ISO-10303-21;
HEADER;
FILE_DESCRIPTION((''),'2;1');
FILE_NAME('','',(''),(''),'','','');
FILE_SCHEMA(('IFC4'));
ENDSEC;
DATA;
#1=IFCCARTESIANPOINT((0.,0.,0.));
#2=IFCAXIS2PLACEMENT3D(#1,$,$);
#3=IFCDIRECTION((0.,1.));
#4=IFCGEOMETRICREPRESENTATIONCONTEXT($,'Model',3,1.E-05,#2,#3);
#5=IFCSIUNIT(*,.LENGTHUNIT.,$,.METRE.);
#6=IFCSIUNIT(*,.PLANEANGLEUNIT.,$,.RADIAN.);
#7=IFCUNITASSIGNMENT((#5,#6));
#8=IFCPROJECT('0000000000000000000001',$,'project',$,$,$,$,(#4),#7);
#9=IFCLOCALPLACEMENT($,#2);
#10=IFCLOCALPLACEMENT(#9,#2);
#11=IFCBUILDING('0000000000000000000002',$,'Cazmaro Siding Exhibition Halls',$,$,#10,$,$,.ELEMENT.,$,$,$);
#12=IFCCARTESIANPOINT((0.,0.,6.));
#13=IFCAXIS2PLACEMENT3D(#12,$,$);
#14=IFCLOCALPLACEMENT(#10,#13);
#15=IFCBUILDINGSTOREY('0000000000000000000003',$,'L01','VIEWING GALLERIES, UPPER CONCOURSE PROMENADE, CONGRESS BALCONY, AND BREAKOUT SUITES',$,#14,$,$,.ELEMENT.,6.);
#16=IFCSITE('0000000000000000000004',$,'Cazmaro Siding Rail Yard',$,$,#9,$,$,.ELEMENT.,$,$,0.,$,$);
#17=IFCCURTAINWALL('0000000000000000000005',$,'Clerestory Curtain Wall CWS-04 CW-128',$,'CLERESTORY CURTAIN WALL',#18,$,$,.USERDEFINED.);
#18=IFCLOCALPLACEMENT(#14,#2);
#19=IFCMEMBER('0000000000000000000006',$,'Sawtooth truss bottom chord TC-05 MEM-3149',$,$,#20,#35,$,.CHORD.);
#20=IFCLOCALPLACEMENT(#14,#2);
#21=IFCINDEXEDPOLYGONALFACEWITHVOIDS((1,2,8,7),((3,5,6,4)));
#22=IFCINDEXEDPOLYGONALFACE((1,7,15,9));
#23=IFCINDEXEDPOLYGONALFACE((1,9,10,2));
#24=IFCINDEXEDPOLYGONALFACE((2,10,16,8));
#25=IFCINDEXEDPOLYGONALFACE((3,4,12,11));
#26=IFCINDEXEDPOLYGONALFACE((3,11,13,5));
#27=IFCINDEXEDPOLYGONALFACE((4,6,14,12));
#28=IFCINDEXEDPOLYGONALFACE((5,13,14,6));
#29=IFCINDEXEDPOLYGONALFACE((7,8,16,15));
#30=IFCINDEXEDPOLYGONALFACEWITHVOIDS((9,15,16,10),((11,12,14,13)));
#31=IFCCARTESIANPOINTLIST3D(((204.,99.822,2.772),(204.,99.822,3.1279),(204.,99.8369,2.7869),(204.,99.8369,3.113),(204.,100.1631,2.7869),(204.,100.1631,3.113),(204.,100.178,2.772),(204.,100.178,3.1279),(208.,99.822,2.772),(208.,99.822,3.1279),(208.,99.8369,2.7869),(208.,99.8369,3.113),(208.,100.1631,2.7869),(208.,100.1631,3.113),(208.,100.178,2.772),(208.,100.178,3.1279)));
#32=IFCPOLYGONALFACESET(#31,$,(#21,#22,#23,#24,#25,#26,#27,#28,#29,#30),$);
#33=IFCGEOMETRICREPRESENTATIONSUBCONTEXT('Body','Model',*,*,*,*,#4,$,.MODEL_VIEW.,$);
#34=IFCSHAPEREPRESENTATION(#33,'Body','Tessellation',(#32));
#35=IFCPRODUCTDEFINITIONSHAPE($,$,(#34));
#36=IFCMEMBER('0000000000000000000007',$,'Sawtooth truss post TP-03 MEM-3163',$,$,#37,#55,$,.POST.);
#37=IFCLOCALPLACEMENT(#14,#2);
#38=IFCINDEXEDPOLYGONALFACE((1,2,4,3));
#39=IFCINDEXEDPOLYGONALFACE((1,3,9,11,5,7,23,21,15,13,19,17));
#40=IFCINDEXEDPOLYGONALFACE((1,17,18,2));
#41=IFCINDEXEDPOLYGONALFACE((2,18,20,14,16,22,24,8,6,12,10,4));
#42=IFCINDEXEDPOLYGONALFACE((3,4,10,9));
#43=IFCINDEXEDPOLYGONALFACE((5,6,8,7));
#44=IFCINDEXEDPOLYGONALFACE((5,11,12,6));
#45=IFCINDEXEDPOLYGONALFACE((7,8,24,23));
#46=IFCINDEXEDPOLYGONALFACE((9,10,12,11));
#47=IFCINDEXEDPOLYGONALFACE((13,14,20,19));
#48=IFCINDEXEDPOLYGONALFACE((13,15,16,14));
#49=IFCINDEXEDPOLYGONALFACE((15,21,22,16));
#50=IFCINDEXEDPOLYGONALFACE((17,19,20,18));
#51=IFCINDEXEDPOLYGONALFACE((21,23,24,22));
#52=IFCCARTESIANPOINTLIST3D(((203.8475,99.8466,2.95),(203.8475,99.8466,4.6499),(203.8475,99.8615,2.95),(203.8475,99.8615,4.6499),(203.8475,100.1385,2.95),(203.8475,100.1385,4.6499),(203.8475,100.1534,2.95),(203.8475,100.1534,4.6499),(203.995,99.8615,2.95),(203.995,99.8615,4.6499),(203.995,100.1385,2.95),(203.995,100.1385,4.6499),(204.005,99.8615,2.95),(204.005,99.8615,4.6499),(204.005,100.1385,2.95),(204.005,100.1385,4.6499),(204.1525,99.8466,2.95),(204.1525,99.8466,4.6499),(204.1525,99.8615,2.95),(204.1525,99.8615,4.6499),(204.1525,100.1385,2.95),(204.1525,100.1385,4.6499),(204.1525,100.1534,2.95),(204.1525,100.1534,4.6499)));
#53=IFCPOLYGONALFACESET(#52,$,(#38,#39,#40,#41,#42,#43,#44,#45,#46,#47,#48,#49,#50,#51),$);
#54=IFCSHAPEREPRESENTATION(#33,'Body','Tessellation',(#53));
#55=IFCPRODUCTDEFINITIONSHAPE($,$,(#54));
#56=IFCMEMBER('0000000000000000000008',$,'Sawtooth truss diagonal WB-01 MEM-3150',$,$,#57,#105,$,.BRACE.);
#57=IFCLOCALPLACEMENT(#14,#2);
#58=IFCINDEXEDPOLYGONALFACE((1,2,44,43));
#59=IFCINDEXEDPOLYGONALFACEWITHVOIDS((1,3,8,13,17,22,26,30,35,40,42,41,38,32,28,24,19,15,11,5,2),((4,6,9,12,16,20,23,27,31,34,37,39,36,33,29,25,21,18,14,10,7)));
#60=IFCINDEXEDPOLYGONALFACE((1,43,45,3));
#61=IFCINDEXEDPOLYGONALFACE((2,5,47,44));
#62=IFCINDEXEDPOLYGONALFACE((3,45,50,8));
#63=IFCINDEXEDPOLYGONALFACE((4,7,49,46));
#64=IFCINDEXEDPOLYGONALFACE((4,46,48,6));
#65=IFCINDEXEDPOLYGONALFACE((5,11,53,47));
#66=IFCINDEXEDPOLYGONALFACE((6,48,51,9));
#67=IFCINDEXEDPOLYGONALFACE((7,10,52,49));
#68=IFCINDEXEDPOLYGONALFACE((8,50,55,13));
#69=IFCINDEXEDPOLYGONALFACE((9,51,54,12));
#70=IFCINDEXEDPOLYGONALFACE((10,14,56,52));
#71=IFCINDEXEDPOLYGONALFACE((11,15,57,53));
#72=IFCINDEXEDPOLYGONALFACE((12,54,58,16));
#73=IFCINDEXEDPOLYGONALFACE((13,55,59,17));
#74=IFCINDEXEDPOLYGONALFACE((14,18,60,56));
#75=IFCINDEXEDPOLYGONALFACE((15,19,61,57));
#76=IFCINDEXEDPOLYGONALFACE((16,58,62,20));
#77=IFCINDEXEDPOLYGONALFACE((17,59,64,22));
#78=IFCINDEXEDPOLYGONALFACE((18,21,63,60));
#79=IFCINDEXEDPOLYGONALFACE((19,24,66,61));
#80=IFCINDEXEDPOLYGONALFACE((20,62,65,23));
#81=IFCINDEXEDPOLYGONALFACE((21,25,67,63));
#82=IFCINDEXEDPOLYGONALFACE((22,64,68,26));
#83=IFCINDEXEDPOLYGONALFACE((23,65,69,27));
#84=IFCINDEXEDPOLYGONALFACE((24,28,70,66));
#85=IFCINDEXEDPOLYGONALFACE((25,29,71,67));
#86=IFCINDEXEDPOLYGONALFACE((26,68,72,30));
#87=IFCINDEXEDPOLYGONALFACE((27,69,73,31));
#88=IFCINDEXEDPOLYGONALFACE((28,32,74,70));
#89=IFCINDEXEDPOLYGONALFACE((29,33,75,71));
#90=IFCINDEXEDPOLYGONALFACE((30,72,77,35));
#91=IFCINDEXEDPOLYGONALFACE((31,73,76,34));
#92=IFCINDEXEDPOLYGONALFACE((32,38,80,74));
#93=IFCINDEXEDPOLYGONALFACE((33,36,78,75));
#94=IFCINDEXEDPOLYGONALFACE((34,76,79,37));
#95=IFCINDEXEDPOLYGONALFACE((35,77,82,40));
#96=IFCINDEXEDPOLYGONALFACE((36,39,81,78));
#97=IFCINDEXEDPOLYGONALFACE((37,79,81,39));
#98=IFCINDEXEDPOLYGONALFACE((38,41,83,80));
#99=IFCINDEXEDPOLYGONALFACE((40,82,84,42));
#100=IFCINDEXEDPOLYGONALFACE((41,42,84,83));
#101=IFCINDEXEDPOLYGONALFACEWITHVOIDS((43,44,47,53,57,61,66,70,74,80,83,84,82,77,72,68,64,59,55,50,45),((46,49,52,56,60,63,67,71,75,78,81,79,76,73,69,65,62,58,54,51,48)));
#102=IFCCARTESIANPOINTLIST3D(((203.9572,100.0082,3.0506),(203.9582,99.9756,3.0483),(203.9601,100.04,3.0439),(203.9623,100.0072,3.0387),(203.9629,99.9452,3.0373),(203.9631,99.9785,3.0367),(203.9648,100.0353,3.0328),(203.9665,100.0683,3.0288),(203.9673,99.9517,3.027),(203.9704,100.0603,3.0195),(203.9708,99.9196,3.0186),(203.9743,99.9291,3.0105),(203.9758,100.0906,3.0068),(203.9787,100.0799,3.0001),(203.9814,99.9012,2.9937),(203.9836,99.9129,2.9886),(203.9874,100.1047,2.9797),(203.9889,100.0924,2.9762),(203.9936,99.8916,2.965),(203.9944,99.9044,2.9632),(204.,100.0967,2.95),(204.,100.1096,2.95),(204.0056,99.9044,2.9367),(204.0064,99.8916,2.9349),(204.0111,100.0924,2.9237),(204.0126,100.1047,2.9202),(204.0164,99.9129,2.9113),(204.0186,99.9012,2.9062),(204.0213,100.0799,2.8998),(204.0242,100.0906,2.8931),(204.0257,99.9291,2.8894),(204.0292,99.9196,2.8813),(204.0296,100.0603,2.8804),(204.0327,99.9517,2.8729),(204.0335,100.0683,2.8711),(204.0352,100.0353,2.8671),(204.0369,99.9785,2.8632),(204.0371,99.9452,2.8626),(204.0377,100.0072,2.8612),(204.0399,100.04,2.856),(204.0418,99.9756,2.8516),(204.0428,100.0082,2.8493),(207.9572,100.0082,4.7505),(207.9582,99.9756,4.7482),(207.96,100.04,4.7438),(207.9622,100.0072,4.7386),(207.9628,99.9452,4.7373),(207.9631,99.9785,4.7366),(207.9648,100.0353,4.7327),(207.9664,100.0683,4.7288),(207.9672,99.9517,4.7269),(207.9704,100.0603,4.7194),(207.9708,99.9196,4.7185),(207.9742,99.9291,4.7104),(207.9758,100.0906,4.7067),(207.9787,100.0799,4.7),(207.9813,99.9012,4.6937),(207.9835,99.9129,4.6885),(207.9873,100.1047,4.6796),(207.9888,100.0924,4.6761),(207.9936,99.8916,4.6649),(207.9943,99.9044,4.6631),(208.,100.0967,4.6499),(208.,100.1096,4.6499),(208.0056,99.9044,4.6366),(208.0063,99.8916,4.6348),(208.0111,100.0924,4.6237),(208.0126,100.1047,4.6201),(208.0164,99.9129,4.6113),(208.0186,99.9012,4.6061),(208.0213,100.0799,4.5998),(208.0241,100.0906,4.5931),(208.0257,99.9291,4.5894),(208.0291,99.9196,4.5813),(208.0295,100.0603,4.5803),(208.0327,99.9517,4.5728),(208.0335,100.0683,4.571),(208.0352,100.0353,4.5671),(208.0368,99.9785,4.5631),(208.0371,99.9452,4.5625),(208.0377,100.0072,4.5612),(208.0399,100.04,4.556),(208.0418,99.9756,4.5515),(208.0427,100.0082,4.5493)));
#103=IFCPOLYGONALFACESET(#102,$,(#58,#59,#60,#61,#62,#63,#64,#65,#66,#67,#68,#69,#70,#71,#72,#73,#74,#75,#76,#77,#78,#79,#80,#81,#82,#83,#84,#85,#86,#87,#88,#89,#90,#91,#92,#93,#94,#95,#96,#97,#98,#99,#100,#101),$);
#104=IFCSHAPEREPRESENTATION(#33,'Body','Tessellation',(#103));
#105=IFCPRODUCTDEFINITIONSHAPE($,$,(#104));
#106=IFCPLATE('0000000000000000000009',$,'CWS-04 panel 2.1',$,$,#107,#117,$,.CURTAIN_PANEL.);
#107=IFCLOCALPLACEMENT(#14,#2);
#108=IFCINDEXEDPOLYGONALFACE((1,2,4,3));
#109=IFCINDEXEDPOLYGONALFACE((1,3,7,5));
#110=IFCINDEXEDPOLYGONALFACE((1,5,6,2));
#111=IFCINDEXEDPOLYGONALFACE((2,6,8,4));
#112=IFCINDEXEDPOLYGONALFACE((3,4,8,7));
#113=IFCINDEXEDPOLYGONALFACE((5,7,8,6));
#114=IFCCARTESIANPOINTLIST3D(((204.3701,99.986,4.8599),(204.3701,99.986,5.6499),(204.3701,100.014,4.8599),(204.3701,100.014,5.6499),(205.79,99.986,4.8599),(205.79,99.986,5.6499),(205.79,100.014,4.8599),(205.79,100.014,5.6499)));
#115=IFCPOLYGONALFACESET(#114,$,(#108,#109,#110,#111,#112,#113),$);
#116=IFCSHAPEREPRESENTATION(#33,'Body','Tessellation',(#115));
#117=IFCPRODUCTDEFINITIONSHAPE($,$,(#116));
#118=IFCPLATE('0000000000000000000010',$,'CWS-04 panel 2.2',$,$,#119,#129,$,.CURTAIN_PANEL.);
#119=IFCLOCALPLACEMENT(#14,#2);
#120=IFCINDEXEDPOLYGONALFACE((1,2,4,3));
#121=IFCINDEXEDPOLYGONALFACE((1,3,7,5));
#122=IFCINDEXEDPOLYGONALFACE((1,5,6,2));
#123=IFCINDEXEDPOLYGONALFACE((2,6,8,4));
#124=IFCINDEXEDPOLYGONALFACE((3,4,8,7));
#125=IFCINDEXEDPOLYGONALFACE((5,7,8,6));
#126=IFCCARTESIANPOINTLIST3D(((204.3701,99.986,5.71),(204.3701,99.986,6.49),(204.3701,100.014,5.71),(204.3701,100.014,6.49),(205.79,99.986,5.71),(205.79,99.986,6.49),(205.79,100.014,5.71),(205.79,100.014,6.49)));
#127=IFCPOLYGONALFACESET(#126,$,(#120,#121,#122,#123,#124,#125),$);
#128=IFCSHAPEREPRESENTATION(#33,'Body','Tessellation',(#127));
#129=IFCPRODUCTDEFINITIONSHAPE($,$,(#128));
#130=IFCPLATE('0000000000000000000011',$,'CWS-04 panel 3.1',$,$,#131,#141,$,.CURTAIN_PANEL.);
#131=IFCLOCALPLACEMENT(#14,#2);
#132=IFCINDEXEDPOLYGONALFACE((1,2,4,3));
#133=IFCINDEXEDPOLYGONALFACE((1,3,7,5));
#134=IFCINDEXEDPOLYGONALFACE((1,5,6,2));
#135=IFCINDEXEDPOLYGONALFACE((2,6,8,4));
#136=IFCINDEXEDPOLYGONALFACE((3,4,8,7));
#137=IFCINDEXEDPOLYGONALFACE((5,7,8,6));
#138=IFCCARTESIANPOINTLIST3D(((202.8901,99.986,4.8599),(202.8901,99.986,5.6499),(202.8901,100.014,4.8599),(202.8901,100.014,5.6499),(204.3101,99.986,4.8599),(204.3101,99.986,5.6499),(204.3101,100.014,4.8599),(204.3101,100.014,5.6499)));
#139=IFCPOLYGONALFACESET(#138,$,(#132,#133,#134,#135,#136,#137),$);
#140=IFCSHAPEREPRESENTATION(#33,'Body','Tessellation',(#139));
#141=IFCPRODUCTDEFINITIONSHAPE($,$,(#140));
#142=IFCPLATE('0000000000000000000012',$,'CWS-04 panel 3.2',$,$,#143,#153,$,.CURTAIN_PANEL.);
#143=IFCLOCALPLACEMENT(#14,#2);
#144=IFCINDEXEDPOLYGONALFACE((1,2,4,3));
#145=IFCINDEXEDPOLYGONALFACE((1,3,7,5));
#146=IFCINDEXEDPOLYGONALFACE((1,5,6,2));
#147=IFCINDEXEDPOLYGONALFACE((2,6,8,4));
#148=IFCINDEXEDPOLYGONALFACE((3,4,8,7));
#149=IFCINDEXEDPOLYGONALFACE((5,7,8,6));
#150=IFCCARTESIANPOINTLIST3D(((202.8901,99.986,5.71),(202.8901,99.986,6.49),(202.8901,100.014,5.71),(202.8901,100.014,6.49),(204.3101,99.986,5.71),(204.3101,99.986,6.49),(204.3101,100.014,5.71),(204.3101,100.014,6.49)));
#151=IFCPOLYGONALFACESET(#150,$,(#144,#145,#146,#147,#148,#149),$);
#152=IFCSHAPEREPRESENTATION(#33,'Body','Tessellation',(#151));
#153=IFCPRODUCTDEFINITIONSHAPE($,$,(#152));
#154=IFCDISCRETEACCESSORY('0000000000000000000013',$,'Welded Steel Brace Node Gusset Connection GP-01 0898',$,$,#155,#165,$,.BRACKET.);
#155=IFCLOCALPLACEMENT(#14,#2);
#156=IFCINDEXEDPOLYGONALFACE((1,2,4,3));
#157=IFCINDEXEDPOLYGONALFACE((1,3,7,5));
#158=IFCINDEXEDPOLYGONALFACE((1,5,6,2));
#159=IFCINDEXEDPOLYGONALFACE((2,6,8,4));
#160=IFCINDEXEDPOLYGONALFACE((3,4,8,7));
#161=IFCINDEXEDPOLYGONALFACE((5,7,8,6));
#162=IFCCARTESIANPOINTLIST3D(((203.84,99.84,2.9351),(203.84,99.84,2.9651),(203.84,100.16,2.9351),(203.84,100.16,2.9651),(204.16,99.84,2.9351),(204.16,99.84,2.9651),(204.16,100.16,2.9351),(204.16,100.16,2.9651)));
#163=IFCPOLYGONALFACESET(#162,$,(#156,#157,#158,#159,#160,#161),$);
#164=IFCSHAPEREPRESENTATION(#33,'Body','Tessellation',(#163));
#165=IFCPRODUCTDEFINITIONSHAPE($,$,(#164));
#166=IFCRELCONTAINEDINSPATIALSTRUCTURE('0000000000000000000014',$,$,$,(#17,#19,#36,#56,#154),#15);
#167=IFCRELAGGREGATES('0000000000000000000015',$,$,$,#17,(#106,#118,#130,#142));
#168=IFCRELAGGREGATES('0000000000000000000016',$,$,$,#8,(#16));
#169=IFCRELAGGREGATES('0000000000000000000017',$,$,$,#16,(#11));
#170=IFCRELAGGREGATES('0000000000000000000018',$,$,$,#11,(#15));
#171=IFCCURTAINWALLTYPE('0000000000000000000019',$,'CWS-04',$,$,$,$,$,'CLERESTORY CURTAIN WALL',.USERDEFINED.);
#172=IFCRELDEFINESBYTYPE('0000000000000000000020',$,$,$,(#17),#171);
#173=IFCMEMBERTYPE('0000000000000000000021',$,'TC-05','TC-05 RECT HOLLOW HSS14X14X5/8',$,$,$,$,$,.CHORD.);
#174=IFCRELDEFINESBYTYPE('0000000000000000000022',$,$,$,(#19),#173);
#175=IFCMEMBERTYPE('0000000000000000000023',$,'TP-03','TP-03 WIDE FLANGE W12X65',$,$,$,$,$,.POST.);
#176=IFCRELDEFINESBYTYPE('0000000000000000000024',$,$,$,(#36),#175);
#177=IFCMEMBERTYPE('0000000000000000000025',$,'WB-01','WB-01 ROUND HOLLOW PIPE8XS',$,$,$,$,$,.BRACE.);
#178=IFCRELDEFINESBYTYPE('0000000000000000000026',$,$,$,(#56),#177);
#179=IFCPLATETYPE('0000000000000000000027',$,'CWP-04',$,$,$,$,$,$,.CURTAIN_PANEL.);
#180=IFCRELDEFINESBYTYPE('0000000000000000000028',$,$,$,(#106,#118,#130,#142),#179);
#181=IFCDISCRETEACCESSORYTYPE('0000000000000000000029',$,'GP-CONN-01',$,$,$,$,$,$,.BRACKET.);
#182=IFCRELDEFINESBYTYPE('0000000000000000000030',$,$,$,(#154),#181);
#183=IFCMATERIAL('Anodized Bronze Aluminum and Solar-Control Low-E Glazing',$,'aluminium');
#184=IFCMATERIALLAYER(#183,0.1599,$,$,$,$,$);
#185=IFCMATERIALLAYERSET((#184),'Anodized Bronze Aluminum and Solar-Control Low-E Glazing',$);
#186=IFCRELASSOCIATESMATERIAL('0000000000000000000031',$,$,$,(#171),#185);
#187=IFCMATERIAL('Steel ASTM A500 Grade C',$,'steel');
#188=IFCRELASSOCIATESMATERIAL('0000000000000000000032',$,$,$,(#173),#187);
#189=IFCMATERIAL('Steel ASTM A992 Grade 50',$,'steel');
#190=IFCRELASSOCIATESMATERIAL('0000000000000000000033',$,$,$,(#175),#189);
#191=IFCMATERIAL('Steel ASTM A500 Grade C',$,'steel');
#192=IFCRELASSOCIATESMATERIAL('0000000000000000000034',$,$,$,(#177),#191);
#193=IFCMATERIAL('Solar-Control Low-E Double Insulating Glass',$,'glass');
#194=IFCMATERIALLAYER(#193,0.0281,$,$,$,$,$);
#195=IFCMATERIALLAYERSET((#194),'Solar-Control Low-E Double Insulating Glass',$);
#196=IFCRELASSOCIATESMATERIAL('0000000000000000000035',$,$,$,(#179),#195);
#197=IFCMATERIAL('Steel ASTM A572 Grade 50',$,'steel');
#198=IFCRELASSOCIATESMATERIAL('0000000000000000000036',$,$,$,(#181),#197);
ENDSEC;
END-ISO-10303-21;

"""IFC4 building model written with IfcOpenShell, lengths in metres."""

from ifc_helpers import new_model, si_unit, direction, frame, origin, origin_2d, place, context, subcontext, project, spatial, rectangle, hollow_rectangle, hollow_circle, i_section, extrude, material, layer, layer_set, material_profile, profile_set, type_object, element, aggregate, save


model = new_model("IFC4")

# Units and contexts
model_context = context("Model", 3, precision=1e-05, world=origin(), true_north=direction((0.0, 1.0)))
body_context = subcontext(model_context, "Body", "Model", "MODEL_VIEW")
ifc_project = project(units=[si_unit("LENGTHUNIT", "METRE"), si_unit("PLANEANGLEUNIT", "RADIAN")], contexts=[model_context])

# Site, building, storey
site_placement = place(None, origin())
site = spatial("IfcSite", under=ifc_project, at=site_placement, Name="Cazmaro Siding Rail Yard", CompositionType="ELEMENT", RefElevation=0.0)
building_placement = place(site_placement, origin())
building = spatial("IfcBuilding", under=site, at=building_placement, Name="Cazmaro Siding Exhibition Halls", CompositionType="ELEMENT")
storey_placement = place(building_placement, frame((0.0, 0.0, 6.0)))
storey = spatial("IfcBuildingStorey", under=building, at=storey_placement, Name="L01", Description="VIEWING GALLERIES, UPPER CONCOURSE PROMENADE, CONGRESS BALCONY, AND BREAKOUT SUITES", CompositionType="ELEMENT", Elevation=6.0)

# Shared definitions
ifc_material_1 = material(Name="Anodized Bronze Aluminum and Solar-Control Low-E Glazing", Category="aluminium")
ifc_layer_1 = layer(ifc_material_1, 0.1599)
ifc_layer_set_1 = layer_set([ifc_layer_1], Name="Anodized Bronze Aluminum and Solar-Control Low-E Glazing")
curtain_wall_type = type_object("IfcCurtainWallType", Name="CWS-04", ElementType="CLERESTORY CURTAIN WALL", PredefinedType="USERDEFINED", material=ifc_layer_set_1)

# Curtain wall
curtain_wall_1_placement = place(storey_placement, origin())
curtain_wall_1 = element("IfcCurtainWall", 1, at=curtain_wall_1_placement, inside=storey, type_object=curtain_wall_type, Name="Clerestory Curtain Wall CWS-04 CW-128", ObjectType="CLERESTORY CURTAIN WALL", PredefinedType="USERDEFINED")

# Members
ifc_material_2 = material(Name="Steel ASTM A500 Grade C", Category="steel")
ifc_material_profile_1 = material_profile(ifc_material_2, hollow_rectangle(XDim=0.356, YDim=0.356, WallThickness=0.0149, at=origin_2d()), Name="HSS14X14X5/8")
ifc_profile_set_1 = profile_set([ifc_material_profile_1], Name="Steel ASTM A500 Grade C")
member_type_1 = type_object("IfcMemberType", Name="TC-05", Description="TC-05 RECT HOLLOW HSS14X14X5/8", PredefinedType="CHORD", material=ifc_profile_set_1)
member_1_placement = place(storey_placement, frame((204.0, 100.0, 2.95), z_axis=(1.0, 0.0, 0.0), x_axis=(0.0, 1.0, 0.0)))
element("IfcMember", 2, at=member_1_placement, inside=storey, type_object=member_type_1, Name="Sawtooth truss bottom chord TC-05 MEM-3149", PredefinedType="CHORD", context=body_context, shape_type="SweptSolid", body=[
    extrude(hollow_rectangle(XDim=0.356, YDim=0.356, WallThickness=0.0149, at=origin_2d()), origin(), (0.0, 0.0, 1.0), 4.0),
])
ifc_material_3 = material(Name="Steel ASTM A992 Grade 50", Category="steel")
ifc_material_profile_2 = material_profile(ifc_material_3, i_section(OverallWidth=0.3049, OverallDepth=0.3069, WebThickness=0.01, FlangeThickness=0.0149, at=origin_2d()), Name="W12X65")
ifc_profile_set_2 = profile_set([ifc_material_profile_2], Name="Steel ASTM A992 Grade 50")
member_type_2 = type_object("IfcMemberType", Name="TP-03", Description="TP-03 WIDE FLANGE W12X65", PredefinedType="POST", material=ifc_profile_set_2)
member_2_placement = place(storey_placement, frame((204.0, 100.0, 2.95), z_axis=(0.0, 0.0, 1.0), x_axis=(1.0, 0.0, 0.0)))
element("IfcMember", 3, at=member_2_placement, inside=storey, type_object=member_type_2, Name="Sawtooth truss post TP-03 MEM-3163", PredefinedType="POST", context=body_context, shape_type="SweptSolid", body=[
    extrude(i_section(OverallWidth=0.3049, OverallDepth=0.3069, WebThickness=0.01, FlangeThickness=0.0149, at=origin_2d()), origin(), (0.0, 0.0, 1.0), 1.7),
])
ifc_material_4 = material(Name="Steel ASTM A500 Grade C", Category="steel")
ifc_material_profile_3 = material_profile(ifc_material_4, hollow_circle(Radius=0.1096, WallThickness=0.0129, at=origin_2d()), Name="PIPE8XS")
ifc_profile_set_3 = profile_set([ifc_material_profile_3], Name="Steel ASTM A500 Grade C")
member_type_3 = type_object("IfcMemberType", Name="WB-01", Description="WB-01 ROUND HOLLOW PIPE8XS", PredefinedType="BRACE", material=ifc_profile_set_3)
member_3_placement = place(storey_placement, frame((204.0, 100.0, 2.95), z_axis=(0.920335, 0.0, 0.391131), x_axis=(0.0, 1.0, 0.0)))
element("IfcMember", 4, at=member_3_placement, inside=storey, type_object=member_type_3, Name="Sawtooth truss diagonal WB-01 MEM-3150", PredefinedType="BRACE", context=body_context, shape_type="SweptSolid", body=[
    extrude(hollow_circle(Radius=0.1096, WallThickness=0.0129, at=origin_2d()), origin(), (0.0, 0.0, 1.0), 4.3462),
])

# Plates
ifc_material_5 = material(Name="Solar-Control Low-E Double Insulating Glass", Category="glass")
ifc_layer_2 = layer(ifc_material_5, 0.0281)
ifc_layer_set_2 = layer_set([ifc_layer_2], Name="Solar-Control Low-E Double Insulating Glass")
plate_type = type_object("IfcPlateType", Name="CWP-04", PredefinedType="CURTAIN_PANEL", material=ifc_layer_set_2)
plate_1_placement = place(storey_placement, frame((205.0801, 100.0, 4.8599), z_axis=(0.0, 0.0, 1.0), x_axis=(-1.0, 0.0, 0.0)))
plate_1 = element("IfcPlate", 5, at=plate_1_placement, type_object=plate_type, Name="CWS-04 panel 2.1", PredefinedType="CURTAIN_PANEL", context=body_context, shape_type="SweptSolid", body=[
    extrude(rectangle(XDim=1.4199, YDim=0.0281, at=origin_2d()), origin(), (0.0, 0.0, 1.0), 0.79),
])
plate_2_placement = place(storey_placement, frame((205.0801, 100.0, 5.71), z_axis=(0.0, 0.0, 1.0), x_axis=(-1.0, 0.0, 0.0)))
plate_2 = element("IfcPlate", 6, at=plate_2_placement, type_object=plate_type, Name="CWS-04 panel 2.2", PredefinedType="CURTAIN_PANEL", context=body_context, shape_type="SweptSolid", body=[
    extrude(rectangle(XDim=1.4199, YDim=0.0281, at=origin_2d()), origin(), (0.0, 0.0, 1.0), 0.78),
])
plate_3_placement = place(storey_placement, frame((203.6001, 100.0, 4.8599), z_axis=(0.0, 0.0, 1.0), x_axis=(-1.0, 0.0, 0.0)))
plate_3 = element("IfcPlate", 7, at=plate_3_placement, type_object=plate_type, Name="CWS-04 panel 3.1", PredefinedType="CURTAIN_PANEL", context=body_context, shape_type="SweptSolid", body=[
    extrude(rectangle(XDim=1.4199, YDim=0.0281, at=origin_2d()), origin(), (0.0, 0.0, 1.0), 0.79),
])
plate_4_placement = place(storey_placement, frame((203.6001, 100.0, 5.71), z_axis=(0.0, 0.0, 1.0), x_axis=(-1.0, 0.0, 0.0)))
plate_4 = element("IfcPlate", 8, at=plate_4_placement, type_object=plate_type, Name="CWS-04 panel 3.2", PredefinedType="CURTAIN_PANEL", context=body_context, shape_type="SweptSolid", body=[
    extrude(rectangle(XDim=1.4199, YDim=0.0281, at=origin_2d()), origin(), (0.0, 0.0, 1.0), 0.78),
])
aggregate(curtain_wall_1, [plate_1, plate_2, plate_3, plate_4])

# Discrete accessory
ifc_material_6 = material(Name="Steel ASTM A572 Grade 50", Category="steel")
discrete_accessory_type = type_object("IfcDiscreteAccessoryType", Name="GP-CONN-01", PredefinedType="BRACKET", material=ifc_material_6)
discrete_accessory_placement = place(storey_placement, frame((204.0, 100.0, 2.9351), z_axis=(0.0, 0.0, 1.0), x_axis=(1.0, 0.0, 0.0)))
element("IfcDiscreteAccessory", 9, at=discrete_accessory_placement, inside=storey, type_object=discrete_accessory_type, Name="Welded Steel Brace Node Gusset Connection GP-01 0898", PredefinedType="BRACKET", context=body_context, shape_type="SweptSolid", body=[
    extrude(rectangle(XDim=0.3201, YDim=0.3201, at=origin_2d()), origin(), (0.0, 0.0, 1.0), 0.03),
])

save(model, "model.ifc")
